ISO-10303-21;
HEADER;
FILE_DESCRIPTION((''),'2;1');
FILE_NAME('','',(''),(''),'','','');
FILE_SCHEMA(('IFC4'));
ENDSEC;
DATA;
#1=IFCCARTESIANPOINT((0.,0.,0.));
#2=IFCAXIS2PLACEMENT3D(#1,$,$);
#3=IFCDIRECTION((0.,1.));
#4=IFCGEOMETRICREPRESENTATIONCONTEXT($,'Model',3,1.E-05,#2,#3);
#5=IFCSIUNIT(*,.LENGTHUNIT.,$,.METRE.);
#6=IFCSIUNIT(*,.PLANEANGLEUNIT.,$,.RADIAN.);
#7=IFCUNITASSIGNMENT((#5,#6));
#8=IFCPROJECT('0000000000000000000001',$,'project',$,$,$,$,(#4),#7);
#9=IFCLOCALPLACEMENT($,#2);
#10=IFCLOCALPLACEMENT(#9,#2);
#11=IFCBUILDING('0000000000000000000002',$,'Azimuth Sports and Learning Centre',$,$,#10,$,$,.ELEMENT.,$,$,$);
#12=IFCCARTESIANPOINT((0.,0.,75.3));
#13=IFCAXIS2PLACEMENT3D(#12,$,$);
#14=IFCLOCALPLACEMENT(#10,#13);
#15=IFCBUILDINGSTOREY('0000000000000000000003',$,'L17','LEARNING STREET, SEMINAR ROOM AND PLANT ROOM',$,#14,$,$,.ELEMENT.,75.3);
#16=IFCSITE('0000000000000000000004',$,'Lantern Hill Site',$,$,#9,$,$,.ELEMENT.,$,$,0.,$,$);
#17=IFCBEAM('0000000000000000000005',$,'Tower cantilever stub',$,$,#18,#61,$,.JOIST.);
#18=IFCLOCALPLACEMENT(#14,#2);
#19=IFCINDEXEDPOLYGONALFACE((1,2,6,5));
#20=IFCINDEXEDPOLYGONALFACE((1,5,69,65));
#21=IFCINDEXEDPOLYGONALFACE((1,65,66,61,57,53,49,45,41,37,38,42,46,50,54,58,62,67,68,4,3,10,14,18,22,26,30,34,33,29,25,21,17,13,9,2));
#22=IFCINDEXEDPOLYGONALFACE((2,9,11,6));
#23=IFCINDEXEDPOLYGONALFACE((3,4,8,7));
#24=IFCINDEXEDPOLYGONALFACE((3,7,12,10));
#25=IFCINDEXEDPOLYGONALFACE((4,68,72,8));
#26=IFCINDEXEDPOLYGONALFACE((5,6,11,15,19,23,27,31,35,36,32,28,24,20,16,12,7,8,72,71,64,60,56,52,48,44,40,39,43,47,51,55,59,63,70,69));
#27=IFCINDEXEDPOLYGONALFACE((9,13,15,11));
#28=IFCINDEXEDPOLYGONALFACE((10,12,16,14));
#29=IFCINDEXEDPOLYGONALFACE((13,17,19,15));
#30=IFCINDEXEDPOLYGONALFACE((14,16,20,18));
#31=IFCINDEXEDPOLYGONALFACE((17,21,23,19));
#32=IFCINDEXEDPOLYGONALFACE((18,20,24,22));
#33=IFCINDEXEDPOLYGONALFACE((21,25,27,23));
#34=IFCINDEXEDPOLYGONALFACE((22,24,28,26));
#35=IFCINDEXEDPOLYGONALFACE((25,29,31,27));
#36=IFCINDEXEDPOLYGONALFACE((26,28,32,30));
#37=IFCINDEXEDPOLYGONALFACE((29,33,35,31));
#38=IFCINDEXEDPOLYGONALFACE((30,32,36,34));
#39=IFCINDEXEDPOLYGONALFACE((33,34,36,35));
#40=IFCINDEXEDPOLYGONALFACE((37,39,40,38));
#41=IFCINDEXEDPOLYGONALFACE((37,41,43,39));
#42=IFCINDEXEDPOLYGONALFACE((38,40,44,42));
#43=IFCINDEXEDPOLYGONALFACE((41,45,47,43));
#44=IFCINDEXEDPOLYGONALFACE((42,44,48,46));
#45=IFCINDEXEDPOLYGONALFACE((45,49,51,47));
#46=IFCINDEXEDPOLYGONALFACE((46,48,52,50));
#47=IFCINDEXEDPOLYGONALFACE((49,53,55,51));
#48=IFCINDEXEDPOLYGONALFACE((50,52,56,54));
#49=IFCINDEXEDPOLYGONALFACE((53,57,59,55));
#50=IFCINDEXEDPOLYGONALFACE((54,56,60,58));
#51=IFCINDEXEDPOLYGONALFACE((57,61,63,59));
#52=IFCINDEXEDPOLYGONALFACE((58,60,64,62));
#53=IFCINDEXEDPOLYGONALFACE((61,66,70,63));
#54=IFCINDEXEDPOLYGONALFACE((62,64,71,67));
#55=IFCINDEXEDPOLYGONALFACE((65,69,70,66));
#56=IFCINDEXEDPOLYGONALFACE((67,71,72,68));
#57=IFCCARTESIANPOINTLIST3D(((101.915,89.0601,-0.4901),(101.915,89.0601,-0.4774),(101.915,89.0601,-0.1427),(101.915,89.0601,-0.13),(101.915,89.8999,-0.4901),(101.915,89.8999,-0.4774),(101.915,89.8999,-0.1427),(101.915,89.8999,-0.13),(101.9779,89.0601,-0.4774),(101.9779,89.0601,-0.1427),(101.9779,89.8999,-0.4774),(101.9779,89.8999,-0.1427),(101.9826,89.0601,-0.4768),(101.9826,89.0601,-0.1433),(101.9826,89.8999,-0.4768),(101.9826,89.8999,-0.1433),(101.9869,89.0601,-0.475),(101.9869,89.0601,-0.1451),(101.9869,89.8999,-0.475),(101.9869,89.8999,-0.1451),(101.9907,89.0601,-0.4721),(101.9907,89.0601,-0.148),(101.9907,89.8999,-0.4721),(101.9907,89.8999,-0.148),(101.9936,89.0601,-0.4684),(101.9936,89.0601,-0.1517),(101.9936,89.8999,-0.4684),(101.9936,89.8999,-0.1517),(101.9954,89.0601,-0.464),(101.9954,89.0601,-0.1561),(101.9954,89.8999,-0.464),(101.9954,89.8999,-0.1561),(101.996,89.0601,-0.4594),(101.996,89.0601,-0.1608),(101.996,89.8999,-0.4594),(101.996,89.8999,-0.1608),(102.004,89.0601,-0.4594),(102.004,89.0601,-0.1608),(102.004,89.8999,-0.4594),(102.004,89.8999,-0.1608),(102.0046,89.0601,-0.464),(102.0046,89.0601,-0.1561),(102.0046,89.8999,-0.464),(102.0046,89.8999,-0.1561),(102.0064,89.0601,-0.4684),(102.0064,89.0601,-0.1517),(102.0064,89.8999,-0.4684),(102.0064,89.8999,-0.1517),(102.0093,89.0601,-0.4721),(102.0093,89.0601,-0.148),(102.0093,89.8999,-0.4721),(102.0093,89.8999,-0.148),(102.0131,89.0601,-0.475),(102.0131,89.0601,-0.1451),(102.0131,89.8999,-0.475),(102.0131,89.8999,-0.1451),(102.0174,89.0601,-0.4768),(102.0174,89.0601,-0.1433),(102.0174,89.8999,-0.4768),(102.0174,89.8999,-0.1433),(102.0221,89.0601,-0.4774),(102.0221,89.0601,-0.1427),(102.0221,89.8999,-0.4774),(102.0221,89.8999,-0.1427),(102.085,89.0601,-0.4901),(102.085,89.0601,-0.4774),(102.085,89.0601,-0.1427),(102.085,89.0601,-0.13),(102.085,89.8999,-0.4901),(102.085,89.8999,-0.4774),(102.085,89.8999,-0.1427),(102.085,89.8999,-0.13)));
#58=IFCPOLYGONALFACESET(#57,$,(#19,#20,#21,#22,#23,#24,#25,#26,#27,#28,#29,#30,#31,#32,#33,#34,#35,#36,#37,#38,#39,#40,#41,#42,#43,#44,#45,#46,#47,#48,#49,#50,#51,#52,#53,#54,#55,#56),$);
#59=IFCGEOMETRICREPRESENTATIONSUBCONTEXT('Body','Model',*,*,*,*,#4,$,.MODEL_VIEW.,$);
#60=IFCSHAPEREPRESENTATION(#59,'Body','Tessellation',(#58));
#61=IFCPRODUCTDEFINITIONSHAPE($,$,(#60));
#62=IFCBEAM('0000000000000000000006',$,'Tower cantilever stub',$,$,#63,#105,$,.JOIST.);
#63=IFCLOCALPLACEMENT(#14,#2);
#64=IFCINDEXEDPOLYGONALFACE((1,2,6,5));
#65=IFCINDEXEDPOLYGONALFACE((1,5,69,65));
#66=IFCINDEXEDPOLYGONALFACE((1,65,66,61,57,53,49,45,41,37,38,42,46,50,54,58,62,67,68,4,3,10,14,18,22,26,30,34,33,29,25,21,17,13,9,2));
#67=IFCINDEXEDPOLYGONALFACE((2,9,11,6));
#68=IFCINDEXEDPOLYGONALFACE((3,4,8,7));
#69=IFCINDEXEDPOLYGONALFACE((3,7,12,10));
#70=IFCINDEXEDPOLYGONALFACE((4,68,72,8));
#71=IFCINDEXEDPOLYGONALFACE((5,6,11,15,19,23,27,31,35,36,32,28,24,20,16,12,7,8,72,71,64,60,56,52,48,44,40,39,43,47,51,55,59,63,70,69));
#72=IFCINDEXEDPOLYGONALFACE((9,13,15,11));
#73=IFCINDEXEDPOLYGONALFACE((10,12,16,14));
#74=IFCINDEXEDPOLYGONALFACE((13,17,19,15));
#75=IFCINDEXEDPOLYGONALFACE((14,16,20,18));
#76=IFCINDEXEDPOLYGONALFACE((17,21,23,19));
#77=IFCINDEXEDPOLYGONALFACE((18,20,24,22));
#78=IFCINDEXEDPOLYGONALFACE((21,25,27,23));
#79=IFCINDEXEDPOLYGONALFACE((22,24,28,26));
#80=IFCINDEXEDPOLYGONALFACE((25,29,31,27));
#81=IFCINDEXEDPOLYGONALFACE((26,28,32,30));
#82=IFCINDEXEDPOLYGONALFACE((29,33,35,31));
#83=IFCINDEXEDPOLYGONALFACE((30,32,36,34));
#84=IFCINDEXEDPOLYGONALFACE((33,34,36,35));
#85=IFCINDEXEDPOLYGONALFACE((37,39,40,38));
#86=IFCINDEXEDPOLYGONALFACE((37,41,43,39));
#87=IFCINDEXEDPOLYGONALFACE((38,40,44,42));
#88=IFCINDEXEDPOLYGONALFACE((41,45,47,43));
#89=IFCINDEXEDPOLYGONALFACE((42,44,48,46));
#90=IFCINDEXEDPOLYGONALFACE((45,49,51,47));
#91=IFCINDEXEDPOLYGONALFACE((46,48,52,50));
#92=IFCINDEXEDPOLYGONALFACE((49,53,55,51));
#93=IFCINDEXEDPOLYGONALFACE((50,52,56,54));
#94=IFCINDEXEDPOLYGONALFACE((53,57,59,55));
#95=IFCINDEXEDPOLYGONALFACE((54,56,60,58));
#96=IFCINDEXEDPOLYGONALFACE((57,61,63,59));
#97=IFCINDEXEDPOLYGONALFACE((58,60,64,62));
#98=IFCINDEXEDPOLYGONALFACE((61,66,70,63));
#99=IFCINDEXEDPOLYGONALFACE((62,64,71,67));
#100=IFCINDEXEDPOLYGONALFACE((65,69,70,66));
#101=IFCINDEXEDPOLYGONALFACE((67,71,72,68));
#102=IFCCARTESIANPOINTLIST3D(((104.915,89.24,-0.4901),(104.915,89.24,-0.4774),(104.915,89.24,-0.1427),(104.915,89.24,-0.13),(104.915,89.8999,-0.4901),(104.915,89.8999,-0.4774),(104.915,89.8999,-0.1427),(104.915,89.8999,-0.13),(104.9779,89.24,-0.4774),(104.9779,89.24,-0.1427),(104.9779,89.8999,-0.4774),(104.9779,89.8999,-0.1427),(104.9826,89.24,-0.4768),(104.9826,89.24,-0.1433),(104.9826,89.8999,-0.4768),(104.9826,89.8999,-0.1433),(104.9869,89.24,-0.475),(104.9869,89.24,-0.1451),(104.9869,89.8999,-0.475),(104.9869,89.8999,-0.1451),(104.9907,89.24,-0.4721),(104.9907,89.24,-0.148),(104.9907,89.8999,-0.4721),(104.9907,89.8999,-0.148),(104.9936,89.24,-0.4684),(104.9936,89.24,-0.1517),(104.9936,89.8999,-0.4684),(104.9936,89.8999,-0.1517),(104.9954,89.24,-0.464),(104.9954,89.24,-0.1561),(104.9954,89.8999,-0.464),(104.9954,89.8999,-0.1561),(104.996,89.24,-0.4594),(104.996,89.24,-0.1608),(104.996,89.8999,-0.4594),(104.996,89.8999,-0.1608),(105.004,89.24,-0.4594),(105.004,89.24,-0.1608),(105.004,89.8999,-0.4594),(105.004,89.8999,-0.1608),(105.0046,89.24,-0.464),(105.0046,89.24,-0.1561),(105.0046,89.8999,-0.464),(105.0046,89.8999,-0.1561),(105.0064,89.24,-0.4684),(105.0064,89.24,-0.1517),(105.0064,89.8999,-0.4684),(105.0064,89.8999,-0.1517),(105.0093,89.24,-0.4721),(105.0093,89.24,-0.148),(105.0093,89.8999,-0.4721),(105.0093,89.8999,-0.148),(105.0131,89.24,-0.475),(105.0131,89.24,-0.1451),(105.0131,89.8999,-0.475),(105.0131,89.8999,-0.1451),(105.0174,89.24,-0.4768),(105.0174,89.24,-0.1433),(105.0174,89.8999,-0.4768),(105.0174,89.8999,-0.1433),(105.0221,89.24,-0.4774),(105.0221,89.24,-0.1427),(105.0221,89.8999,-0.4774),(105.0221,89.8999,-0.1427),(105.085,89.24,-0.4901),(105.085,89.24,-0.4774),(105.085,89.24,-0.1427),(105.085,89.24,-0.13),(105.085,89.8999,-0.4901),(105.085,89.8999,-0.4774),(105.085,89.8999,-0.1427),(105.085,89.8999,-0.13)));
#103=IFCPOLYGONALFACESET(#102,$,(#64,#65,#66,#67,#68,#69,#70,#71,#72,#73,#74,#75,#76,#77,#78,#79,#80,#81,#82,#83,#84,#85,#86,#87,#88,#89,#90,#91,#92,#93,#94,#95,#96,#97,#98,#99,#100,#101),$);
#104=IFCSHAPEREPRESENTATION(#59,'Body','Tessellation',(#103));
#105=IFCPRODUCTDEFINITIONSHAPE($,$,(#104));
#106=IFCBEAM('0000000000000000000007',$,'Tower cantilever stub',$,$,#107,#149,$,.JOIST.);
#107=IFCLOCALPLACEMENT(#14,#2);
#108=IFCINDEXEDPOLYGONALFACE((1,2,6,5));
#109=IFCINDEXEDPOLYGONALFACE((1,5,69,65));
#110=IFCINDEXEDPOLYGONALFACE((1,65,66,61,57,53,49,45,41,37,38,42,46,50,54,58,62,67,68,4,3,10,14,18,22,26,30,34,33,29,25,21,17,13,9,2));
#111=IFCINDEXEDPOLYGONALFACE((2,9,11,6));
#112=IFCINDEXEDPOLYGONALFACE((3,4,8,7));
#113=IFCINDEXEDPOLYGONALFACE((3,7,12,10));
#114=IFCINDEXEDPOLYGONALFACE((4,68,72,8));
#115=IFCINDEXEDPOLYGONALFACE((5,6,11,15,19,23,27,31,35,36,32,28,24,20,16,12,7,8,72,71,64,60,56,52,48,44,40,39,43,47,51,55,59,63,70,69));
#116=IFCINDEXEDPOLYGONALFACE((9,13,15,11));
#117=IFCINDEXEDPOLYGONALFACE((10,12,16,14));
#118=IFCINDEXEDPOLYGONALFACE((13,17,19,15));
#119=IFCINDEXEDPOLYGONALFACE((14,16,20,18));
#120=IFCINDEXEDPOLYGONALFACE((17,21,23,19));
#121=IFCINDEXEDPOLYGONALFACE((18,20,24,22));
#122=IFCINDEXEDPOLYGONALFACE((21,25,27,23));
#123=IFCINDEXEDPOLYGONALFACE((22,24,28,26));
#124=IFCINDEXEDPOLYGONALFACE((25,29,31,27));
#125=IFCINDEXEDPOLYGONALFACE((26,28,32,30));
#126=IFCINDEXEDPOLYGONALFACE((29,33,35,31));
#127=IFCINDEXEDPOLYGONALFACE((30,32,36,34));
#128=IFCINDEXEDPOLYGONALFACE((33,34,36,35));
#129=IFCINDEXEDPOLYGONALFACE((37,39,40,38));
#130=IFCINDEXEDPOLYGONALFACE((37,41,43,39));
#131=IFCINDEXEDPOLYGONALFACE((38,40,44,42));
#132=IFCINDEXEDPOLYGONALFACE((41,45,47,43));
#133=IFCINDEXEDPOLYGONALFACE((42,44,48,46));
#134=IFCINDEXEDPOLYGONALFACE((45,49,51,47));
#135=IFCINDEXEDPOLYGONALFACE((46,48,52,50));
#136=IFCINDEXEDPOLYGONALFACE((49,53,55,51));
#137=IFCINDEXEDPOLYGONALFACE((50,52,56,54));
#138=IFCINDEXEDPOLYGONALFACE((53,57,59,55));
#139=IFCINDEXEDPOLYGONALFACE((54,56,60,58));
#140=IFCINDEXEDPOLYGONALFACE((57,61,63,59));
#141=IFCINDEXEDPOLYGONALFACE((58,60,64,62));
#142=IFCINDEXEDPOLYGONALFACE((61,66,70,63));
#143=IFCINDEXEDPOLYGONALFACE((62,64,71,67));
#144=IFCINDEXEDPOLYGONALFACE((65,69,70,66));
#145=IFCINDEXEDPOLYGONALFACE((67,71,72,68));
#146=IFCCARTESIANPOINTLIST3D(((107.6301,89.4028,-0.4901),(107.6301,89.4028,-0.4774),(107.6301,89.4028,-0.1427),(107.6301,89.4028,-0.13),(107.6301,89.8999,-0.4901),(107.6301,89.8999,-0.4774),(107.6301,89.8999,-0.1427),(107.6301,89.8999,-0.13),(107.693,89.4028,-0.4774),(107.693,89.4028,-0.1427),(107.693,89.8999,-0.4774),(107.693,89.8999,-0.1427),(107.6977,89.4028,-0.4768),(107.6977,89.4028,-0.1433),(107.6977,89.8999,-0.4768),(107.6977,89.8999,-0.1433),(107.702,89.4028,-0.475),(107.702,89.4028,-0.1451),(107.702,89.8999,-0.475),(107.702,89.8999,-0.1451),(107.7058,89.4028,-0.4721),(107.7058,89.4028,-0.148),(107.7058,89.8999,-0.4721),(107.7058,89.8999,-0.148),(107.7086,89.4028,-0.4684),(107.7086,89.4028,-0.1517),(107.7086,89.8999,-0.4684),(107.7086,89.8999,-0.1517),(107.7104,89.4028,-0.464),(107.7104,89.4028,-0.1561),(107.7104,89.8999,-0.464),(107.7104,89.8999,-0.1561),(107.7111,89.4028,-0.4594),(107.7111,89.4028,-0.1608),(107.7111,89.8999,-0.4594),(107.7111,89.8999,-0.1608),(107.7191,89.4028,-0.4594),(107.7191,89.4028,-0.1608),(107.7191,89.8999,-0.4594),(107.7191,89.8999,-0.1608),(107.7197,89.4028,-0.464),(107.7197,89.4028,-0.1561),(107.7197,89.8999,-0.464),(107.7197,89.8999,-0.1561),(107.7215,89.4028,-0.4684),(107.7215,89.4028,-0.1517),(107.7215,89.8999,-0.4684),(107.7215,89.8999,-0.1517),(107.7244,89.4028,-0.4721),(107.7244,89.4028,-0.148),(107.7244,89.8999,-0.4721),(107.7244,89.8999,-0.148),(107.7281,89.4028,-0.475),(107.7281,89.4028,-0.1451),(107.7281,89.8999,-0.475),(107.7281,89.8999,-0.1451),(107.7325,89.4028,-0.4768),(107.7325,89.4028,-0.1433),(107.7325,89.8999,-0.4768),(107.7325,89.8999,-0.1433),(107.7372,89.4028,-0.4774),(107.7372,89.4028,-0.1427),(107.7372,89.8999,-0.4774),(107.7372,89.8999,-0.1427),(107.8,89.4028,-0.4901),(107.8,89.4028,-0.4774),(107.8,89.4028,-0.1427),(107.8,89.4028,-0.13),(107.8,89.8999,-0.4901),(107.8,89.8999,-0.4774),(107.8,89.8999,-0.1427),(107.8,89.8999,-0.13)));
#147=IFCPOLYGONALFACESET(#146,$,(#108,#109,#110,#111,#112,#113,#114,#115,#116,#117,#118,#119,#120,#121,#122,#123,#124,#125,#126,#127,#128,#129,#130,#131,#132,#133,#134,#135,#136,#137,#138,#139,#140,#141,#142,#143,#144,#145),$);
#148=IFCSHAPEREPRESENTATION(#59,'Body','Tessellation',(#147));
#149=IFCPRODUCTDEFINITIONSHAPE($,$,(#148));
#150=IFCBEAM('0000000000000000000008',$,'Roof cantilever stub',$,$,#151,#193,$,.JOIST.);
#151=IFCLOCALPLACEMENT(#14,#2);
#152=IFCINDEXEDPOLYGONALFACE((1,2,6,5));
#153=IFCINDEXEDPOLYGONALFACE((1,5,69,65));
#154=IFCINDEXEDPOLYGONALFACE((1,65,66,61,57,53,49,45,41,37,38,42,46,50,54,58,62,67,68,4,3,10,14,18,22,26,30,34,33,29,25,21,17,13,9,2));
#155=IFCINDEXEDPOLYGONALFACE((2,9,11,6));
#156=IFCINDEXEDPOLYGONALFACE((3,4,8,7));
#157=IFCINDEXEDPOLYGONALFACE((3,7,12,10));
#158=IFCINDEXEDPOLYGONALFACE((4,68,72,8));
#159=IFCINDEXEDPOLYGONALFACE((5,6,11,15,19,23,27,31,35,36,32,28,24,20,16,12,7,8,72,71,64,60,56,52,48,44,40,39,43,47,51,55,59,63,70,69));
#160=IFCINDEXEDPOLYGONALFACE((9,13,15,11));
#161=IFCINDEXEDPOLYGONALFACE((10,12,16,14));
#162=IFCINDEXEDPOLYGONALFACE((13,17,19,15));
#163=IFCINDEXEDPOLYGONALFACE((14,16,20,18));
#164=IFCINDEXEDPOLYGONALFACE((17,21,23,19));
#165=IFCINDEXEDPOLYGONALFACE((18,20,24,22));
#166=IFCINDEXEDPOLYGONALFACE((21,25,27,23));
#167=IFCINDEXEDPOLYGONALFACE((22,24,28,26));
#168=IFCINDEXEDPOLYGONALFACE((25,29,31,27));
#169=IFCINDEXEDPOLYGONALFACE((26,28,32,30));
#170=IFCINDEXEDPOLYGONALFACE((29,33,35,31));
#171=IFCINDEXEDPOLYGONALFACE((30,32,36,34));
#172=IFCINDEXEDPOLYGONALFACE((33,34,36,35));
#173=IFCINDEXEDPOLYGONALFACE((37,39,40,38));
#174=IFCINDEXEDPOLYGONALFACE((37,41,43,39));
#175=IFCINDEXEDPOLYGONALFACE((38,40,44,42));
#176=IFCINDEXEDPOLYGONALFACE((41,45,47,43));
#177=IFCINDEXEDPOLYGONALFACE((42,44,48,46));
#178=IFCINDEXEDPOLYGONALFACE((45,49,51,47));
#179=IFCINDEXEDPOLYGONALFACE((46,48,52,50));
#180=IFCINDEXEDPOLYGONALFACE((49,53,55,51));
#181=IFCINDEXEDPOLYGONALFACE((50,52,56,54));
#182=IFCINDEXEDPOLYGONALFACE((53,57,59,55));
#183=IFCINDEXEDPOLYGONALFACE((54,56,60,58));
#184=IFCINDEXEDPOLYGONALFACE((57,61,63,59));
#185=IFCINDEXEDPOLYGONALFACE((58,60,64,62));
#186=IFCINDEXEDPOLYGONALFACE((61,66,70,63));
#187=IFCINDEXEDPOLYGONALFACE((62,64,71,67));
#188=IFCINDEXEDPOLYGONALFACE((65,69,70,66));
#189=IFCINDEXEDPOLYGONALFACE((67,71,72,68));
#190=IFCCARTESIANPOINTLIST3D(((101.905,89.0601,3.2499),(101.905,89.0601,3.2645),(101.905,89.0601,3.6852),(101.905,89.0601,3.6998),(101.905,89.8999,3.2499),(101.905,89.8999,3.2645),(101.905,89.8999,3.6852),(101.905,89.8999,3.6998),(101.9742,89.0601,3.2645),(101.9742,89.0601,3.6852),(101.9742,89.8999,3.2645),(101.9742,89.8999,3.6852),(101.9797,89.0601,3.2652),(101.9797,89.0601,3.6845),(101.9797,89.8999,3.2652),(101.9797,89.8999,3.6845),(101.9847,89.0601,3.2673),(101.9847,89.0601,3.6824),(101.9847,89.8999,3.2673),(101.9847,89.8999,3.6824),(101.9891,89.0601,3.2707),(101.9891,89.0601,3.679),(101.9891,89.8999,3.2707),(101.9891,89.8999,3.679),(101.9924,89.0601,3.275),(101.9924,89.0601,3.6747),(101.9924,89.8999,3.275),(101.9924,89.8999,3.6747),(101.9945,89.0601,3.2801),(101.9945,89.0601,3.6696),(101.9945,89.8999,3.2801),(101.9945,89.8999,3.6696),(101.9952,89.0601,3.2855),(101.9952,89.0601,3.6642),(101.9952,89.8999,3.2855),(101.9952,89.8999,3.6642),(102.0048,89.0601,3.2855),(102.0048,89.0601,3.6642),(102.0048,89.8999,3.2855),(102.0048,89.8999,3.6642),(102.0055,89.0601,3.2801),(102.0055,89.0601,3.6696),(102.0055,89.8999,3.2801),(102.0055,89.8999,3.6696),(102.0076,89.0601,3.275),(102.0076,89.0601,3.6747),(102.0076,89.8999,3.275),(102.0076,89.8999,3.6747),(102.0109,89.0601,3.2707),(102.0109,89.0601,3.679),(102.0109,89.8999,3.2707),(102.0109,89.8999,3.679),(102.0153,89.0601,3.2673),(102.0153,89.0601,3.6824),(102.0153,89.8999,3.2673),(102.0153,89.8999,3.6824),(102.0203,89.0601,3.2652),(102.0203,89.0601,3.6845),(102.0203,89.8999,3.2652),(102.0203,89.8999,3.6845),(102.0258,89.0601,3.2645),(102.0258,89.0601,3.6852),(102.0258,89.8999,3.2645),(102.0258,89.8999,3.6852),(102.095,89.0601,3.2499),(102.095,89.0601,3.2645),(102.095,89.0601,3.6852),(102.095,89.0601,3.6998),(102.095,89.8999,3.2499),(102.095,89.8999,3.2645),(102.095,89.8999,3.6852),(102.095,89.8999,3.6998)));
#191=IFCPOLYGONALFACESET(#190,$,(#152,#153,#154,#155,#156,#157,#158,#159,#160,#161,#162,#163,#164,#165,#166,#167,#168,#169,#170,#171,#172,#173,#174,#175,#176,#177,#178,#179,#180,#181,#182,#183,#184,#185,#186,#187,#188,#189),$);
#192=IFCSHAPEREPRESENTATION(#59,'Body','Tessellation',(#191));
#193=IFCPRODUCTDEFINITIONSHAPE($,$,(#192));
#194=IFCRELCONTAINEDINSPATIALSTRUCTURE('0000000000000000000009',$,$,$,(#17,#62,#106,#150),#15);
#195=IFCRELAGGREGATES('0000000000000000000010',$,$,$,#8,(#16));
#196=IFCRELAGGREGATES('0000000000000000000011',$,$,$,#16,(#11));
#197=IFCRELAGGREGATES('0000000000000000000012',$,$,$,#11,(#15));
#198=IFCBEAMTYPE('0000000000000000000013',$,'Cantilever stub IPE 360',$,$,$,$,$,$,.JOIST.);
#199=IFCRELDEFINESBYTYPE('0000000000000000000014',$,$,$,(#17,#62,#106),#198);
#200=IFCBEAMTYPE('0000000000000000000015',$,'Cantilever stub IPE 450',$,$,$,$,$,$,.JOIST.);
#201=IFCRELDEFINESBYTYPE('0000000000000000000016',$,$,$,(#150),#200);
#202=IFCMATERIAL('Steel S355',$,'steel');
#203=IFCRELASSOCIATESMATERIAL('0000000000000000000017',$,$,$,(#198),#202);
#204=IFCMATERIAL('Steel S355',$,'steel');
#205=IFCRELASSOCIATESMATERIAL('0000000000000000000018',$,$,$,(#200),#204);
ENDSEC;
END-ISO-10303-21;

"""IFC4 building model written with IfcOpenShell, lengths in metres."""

from ifc_helpers import new_model, si_unit, direction, frame, origin, origin_2d, place, context, subcontext, project, spatial, i_section, extrude, material, material_profile, profile_set, type_object, element, save


model = new_model("IFC4")

# Units and contexts
model_context = context("Model", 3, precision=1e-05, world=origin(), true_north=direction((0.0, 1.0)))
body_context = subcontext(model_context, "Body", "Model", "MODEL_VIEW")
ifc_project = project(units=[si_unit("LENGTHUNIT", "METRE"), si_unit("PLANEANGLEUNIT", "RADIAN")], contexts=[model_context])

# Site, building, storey
site_placement = place(None, origin())
site = spatial("IfcSite", under=ifc_project, at=site_placement, Name="Lantern Hill Site", CompositionType="ELEMENT", RefElevation=0.0)
building_placement = place(site_placement, origin())
building = spatial("IfcBuilding", under=site, at=building_placement, Name="Azimuth Sports and Learning Centre", CompositionType="ELEMENT")
storey_placement = place(building_placement, frame((0.0, 0.0, 75.3)))
storey = spatial("IfcBuildingStorey", under=building, at=storey_placement, Name="L17", Description="LEARNING STREET, SEMINAR ROOM AND PLANT ROOM", CompositionType="ELEMENT", Elevation=75.3)

# Beams
ifc_material_1 = material(Name="Steel S355", Category="steel")
ifc_material_profile_1 = material_profile(ifc_material_1, i_section(OverallWidth=0.1699, OverallDepth=0.3601, WebThickness=0.0081, FlangeThickness=0.0127, FilletRadius=0.0181, at=origin_2d()), Name="IPE 360")
ifc_profile_set_1 = profile_set([ifc_material_profile_1], Name="Steel S355")
beam_type_1 = type_object("IfcBeamType", Name="Cantilever stub IPE 360", PredefinedType="JOIST", material=ifc_profile_set_1)
beam_1_placement = place(storey_placement, frame((102.0, 89.8999, -0.3101), z_axis=(0.0, -1.0, 0.0), x_axis=(1.0, 0.0, 0.0)))
element("IfcBeam", 1, at=beam_1_placement, inside=storey, type_object=beam_type_1, Name="Tower cantilever stub", PredefinedType="JOIST", context=body_context, shape_type="SweptSolid", body=[
    extrude(i_section(OverallWidth=0.1699, OverallDepth=0.3601, WebThickness=0.0081, FlangeThickness=0.0127, FilletRadius=0.0181, at=origin_2d()), origin(), (0.0, 0.0, 1.0), 0.8398),
])
beam_2_placement = place(storey_placement, frame((105.0, 89.8999, -0.3101), z_axis=(0.0, -1.0, 0.0), x_axis=(1.0, 0.0, 0.0)))
element("IfcBeam", 2, at=beam_2_placement, inside=storey, type_object=beam_type_1, Name="Tower cantilever stub", PredefinedType="JOIST", context=body_context, shape_type="SweptSolid", body=[
    extrude(i_section(OverallWidth=0.1699, OverallDepth=0.3601, WebThickness=0.0081, FlangeThickness=0.0127, FilletRadius=0.0181, at=origin_2d()), origin(), (0.0, 0.0, 1.0), 0.6599),
])
beam_3_placement = place(storey_placement, frame((107.7151, 89.8999, -0.3101), z_axis=(0.0, -1.0, 0.0), x_axis=(1.0, 0.0, 0.0)))
element("IfcBeam", 3, at=beam_3_placement, inside=storey, type_object=beam_type_1, Name="Tower cantilever stub", PredefinedType="JOIST", context=body_context, shape_type="SweptSolid", body=[
    extrude(i_section(OverallWidth=0.1699, OverallDepth=0.3601, WebThickness=0.0081, FlangeThickness=0.0127, FilletRadius=0.0181, at=origin_2d()), origin(), (0.0, 0.0, 1.0), 0.4971),
])
ifc_material_2 = material(Name="Steel S355", Category="steel")
ifc_material_profile_2 = material_profile(ifc_material_2, i_section(OverallWidth=0.1899, OverallDepth=0.45, WebThickness=0.0095, FlangeThickness=0.0146, FilletRadius=0.021, at=origin_2d()), Name="IPE 450")
ifc_profile_set_2 = profile_set([ifc_material_profile_2], Name="Steel S355")
beam_type_2 = type_object("IfcBeamType", Name="Cantilever stub IPE 450", PredefinedType="JOIST", material=ifc_profile_set_2)
beam_4_placement = place(storey_placement, frame((102.0, 89.8999, 3.4749), z_axis=(0.0, -1.0, 0.0), x_axis=(1.0, 0.0, 0.0)))
element("IfcBeam", 4, at=beam_4_placement, inside=storey, type_object=beam_type_2, Name="Roof cantilever stub", PredefinedType="JOIST", context=body_context, shape_type="SweptSolid", body=[
    extrude(i_section(OverallWidth=0.1899, OverallDepth=0.45, WebThickness=0.0095, FlangeThickness=0.0146, FilletRadius=0.021, at=origin_2d()), origin(), (0.0, 0.0, 1.0), 0.8398),
])

save(model, "model.ifc")
